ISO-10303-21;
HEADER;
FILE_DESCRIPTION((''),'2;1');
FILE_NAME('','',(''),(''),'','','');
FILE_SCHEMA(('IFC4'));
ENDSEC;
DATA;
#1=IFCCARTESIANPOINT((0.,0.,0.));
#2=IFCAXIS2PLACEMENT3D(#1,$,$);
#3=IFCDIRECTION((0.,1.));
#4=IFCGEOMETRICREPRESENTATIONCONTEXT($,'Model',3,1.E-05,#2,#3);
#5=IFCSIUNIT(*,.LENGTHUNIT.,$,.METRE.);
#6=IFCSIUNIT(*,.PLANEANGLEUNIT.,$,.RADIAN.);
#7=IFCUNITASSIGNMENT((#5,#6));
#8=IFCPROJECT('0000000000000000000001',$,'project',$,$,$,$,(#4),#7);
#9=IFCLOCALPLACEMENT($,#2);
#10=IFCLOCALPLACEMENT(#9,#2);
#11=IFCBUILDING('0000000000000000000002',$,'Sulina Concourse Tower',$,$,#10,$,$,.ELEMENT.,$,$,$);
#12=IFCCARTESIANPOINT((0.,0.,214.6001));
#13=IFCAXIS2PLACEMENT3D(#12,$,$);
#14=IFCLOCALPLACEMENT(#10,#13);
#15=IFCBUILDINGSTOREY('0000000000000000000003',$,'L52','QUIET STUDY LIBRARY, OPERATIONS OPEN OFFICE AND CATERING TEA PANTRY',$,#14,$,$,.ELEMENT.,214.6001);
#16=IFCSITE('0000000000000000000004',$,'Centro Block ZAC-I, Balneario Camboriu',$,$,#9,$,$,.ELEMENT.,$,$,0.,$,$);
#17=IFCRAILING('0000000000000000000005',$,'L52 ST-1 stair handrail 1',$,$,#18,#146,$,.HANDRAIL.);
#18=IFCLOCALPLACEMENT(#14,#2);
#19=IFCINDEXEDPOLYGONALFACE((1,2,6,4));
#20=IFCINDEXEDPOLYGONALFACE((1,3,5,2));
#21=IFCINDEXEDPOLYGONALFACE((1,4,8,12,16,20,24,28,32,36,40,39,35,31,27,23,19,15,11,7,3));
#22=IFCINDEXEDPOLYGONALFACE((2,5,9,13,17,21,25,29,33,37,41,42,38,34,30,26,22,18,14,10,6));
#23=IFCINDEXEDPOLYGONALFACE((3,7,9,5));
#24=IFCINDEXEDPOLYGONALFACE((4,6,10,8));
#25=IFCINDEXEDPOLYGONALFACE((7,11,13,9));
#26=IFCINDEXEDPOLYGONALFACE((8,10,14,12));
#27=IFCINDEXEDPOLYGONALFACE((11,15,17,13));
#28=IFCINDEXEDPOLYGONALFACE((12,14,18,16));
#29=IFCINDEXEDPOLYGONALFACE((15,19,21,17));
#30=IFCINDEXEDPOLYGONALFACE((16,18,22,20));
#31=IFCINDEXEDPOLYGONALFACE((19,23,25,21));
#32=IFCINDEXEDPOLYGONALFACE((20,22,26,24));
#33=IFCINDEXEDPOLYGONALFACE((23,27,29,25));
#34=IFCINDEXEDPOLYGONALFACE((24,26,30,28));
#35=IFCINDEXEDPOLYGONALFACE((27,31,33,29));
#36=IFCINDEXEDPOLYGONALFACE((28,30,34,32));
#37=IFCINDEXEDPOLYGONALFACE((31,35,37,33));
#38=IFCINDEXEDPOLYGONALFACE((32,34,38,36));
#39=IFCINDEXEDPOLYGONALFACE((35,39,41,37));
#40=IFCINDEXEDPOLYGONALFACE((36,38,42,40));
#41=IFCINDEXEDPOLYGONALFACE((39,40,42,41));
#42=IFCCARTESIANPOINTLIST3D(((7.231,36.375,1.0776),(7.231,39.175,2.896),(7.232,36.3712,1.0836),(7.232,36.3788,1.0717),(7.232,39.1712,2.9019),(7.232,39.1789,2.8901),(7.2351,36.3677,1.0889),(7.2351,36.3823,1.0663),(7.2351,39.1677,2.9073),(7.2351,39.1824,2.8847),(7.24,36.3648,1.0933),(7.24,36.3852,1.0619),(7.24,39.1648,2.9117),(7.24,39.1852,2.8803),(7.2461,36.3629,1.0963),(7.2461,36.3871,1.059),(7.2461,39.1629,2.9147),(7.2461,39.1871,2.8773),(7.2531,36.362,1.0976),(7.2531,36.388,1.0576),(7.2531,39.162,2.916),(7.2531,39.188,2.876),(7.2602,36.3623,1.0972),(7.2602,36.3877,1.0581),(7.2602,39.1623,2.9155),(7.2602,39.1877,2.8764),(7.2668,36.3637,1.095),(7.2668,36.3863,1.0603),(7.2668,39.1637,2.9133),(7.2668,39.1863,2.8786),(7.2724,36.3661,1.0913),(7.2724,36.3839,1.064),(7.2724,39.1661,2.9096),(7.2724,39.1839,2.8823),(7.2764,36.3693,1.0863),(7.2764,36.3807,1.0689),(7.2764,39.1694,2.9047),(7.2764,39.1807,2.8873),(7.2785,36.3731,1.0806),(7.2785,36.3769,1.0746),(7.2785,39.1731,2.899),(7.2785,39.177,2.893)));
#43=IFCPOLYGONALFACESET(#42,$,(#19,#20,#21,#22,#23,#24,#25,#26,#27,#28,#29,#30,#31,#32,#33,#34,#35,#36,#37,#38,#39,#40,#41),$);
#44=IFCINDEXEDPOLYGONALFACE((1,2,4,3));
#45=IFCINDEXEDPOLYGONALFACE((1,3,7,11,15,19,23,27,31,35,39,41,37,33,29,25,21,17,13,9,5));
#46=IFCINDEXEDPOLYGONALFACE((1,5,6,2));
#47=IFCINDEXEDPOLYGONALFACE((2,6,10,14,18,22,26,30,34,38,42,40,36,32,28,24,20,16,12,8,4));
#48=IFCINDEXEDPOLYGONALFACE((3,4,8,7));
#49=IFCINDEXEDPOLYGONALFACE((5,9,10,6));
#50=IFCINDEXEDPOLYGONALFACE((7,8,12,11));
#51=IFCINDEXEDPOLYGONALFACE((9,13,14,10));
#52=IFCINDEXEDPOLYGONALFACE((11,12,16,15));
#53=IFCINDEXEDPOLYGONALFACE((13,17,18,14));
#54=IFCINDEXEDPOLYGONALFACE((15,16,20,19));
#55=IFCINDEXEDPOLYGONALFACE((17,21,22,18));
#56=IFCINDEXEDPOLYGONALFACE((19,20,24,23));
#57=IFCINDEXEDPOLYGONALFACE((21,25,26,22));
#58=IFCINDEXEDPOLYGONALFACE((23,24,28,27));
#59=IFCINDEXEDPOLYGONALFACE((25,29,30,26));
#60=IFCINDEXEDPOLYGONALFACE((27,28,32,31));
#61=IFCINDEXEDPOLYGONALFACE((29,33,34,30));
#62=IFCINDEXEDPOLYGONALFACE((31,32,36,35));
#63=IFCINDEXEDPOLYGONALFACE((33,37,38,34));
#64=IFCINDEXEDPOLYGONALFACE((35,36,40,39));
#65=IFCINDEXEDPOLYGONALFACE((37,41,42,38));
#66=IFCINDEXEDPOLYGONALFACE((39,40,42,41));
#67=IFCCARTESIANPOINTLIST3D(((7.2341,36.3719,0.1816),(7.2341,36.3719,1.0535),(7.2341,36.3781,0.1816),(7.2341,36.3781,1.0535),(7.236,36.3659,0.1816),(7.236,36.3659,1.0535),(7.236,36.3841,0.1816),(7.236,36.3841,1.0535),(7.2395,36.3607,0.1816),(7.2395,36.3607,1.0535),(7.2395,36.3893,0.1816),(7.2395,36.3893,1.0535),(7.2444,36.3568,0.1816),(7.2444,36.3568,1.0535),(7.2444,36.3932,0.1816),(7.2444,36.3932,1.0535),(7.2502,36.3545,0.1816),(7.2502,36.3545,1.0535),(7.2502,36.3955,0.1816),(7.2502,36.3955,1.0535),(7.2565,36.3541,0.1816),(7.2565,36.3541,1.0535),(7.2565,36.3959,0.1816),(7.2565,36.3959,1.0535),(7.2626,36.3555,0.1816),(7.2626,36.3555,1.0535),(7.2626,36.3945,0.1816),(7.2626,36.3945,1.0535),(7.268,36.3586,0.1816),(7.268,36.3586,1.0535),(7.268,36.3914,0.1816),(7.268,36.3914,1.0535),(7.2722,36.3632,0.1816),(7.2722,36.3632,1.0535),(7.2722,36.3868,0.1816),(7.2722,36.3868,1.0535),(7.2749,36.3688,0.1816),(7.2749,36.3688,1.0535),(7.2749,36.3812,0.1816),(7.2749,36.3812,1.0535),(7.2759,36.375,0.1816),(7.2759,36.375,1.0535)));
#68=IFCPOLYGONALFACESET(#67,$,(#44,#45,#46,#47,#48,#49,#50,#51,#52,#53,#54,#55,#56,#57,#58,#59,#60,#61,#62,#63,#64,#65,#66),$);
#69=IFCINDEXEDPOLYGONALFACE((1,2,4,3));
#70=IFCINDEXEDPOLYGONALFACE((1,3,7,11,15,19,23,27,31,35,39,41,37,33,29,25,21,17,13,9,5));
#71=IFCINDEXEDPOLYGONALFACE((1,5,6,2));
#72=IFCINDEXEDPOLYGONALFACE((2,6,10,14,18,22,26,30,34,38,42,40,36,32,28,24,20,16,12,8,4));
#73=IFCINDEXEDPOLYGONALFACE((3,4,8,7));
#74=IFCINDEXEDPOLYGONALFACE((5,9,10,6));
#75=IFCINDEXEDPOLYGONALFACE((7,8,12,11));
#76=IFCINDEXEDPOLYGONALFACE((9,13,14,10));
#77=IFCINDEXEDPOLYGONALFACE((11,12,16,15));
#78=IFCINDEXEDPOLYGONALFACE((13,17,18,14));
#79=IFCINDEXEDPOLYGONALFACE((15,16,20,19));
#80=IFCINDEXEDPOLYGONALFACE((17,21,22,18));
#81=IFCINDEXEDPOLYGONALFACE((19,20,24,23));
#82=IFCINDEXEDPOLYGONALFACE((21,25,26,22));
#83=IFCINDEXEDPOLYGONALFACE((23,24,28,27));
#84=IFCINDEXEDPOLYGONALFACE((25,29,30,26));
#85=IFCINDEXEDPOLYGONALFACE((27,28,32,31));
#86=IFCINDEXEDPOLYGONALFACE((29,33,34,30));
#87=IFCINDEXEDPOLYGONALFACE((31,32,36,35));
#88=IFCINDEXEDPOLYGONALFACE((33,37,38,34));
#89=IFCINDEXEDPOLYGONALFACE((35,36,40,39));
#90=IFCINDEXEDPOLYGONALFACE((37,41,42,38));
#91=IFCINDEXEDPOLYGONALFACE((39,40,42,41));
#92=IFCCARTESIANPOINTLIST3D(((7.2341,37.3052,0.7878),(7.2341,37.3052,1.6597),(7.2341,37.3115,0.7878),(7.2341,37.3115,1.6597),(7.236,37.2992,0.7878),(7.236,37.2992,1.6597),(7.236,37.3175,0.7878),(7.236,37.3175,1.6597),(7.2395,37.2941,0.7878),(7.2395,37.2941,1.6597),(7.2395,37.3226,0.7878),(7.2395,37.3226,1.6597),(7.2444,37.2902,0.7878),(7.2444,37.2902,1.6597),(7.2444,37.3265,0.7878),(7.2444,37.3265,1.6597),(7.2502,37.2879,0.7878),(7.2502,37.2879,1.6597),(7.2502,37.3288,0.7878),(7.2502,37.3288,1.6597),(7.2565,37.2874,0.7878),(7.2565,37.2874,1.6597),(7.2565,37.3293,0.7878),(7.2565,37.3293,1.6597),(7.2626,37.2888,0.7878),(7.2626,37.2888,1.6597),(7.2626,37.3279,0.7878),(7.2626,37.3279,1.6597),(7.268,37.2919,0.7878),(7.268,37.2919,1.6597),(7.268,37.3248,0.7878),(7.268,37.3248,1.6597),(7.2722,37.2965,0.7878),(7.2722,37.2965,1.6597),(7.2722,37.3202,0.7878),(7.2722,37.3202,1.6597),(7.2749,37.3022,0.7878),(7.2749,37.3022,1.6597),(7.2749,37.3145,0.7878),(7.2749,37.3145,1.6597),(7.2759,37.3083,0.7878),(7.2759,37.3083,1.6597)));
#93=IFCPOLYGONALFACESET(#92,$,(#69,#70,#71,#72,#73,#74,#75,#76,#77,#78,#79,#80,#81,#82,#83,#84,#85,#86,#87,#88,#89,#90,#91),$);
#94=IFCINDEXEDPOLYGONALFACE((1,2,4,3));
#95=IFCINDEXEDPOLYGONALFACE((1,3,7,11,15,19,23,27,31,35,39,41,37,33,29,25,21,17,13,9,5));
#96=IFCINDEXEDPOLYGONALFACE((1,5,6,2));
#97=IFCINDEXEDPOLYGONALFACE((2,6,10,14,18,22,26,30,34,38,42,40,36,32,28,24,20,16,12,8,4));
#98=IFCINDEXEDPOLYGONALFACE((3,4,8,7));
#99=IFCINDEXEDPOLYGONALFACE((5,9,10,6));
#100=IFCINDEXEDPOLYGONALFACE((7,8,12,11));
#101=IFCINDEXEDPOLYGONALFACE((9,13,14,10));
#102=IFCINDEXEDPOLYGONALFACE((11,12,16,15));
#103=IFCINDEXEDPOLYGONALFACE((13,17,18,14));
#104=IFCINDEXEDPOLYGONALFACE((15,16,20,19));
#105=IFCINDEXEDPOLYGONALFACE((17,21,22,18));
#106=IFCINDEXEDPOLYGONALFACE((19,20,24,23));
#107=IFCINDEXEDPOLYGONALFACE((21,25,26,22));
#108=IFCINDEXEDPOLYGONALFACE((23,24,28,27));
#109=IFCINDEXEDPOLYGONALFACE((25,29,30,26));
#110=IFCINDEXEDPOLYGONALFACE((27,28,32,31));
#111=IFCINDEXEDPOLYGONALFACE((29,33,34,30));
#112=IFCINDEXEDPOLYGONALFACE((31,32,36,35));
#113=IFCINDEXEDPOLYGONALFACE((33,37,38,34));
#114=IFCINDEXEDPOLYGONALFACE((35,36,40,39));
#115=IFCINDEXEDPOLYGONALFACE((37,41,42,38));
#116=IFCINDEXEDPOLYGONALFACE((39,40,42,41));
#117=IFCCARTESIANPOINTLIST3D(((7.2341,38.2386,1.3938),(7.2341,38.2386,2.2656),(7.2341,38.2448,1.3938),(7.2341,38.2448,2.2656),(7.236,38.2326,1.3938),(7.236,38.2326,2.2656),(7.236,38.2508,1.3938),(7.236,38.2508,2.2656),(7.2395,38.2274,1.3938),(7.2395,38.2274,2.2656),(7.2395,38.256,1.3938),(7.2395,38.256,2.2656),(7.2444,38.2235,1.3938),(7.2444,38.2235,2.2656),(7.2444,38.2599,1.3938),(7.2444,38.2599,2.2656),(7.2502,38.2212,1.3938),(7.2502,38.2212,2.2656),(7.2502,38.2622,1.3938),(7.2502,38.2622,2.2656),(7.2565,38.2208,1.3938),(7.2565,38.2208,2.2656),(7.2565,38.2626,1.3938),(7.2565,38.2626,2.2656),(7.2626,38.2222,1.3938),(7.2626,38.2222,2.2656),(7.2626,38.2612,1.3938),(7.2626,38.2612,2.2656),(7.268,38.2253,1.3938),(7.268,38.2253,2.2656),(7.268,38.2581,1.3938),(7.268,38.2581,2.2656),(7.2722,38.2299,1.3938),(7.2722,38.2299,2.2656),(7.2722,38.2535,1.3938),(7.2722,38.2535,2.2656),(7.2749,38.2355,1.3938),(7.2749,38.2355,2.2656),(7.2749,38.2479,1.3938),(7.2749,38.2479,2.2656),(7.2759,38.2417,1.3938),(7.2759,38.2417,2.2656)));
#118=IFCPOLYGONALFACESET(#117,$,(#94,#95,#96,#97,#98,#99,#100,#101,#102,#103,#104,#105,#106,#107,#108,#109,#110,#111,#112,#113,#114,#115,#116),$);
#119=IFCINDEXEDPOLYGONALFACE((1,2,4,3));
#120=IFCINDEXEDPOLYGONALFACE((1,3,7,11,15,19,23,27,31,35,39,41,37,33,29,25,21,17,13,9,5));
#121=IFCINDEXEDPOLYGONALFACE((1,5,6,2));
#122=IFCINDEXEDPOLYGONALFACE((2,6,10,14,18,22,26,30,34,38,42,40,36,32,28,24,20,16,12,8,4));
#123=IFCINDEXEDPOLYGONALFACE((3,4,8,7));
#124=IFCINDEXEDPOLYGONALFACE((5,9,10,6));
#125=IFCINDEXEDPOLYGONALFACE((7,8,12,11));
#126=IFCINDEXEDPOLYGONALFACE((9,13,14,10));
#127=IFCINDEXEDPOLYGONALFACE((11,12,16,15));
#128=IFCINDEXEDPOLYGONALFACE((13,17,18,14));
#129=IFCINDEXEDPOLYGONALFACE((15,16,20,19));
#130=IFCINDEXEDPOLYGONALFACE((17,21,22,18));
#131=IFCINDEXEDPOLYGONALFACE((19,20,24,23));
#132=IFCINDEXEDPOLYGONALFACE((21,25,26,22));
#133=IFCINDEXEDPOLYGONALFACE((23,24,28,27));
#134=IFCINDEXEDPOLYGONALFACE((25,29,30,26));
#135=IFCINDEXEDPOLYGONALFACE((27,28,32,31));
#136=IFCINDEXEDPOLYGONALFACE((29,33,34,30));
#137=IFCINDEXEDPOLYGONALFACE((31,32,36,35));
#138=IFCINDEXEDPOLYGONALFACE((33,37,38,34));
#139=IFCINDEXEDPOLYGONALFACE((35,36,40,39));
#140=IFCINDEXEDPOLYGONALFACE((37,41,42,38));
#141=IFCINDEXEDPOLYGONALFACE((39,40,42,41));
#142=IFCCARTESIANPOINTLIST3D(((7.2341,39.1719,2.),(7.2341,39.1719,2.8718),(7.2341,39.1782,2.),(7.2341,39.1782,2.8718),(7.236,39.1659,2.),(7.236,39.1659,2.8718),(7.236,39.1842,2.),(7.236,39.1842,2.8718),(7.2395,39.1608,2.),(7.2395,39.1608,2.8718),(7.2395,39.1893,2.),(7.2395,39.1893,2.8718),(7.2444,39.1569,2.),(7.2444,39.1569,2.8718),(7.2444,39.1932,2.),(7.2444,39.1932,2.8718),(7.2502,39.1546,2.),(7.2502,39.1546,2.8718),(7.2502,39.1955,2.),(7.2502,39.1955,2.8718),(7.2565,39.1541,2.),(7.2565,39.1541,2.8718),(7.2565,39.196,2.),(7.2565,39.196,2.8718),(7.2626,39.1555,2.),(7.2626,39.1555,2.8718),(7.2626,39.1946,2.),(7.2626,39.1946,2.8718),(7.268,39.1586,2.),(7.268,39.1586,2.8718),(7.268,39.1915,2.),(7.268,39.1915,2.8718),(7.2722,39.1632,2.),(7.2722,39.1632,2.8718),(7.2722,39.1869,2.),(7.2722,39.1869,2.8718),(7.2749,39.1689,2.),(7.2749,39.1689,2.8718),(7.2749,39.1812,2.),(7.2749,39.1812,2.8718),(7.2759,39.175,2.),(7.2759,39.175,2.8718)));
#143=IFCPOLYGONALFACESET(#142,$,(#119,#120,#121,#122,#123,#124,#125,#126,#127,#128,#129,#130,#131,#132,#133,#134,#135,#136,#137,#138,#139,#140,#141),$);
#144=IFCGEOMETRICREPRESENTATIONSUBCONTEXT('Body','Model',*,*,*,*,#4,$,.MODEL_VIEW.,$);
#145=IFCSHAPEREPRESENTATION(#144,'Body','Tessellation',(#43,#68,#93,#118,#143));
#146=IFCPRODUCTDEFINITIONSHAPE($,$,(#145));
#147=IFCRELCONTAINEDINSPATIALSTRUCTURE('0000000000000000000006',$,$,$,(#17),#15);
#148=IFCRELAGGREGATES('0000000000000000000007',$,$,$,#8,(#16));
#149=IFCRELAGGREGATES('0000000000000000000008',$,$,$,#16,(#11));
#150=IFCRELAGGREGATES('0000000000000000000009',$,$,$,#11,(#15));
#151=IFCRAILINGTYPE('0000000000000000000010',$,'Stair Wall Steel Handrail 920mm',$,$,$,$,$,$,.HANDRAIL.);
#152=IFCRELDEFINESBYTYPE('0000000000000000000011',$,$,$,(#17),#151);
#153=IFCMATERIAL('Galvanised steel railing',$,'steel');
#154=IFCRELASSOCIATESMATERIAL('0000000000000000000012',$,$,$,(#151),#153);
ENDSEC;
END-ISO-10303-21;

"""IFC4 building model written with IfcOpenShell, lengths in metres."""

from ifc_helpers import new_model, si_unit, direction, frame, origin, origin_2d, place, context, subcontext, project, spatial, circle, extrude, material, type_object, element, save


model = new_model("IFC4")

# Units and contexts
model_context = context("Model", 3, precision=1e-05, world=origin(), true_north=direction((0.0, 1.0)))
body_context = subcontext(model_context, "Body", "Model", "MODEL_VIEW")
ifc_project = project(units=[si_unit("LENGTHUNIT", "METRE"), si_unit("PLANEANGLEUNIT", "RADIAN")], contexts=[model_context])

# Site, building, storey
site_placement = place(None, origin())
site = spatial("IfcSite", under=ifc_project, at=site_placement, Name="Centro Block ZAC-I, Balneario Camboriu", CompositionType="ELEMENT", RefElevation=0.0)
building_placement = place(site_placement, origin())
building = spatial("IfcBuilding", under=site, at=building_placement, Name="Sulina Concourse Tower", CompositionType="ELEMENT")
storey_placement = place(building_placement, frame((0.0, 0.0, 214.6001)))
storey = spatial("IfcBuildingStorey", under=building, at=storey_placement, Name="L52", Description="QUIET STUDY LIBRARY, OPERATIONS OPEN OFFICE AND CATERING TEA PANTRY", CompositionType="ELEMENT", Elevation=214.6001)

# Railing
ifc_material_1 = material(Name="Galvanised steel railing", Category="steel")
railing_type_1 = type_object("IfcRailingType", Name="Stair Wall Steel Handrail 920mm", PredefinedType="HANDRAIL", material=ifc_material_1)
railing_1_placement = place(storey_placement, frame((7.2549, 36.375, 0.1816)))
element("IfcRailing", 1, at=railing_1_placement, inside=storey, type_object=railing_type_1, Name="L52 ST-1 stair handrail 1", PredefinedType="HANDRAIL", context=body_context, shape_type="SweptSolid", body=[
    extrude(circle(Radius=0.0239, at=origin_2d()), frame((0.0, 0.0, 0.896), z_axis=(0.0, 0.838672, 0.544636), x_axis=(-1.0, 0.0, 0.0)), (0.0, 0.0, 1.0), 3.3386),
    extrude(circle(Radius=0.021, at=origin_2d()), origin(), (0.0, 0.0, 1.0), 0.8718),
    extrude(circle(Radius=0.021, at=origin_2d()), frame((0.0, 0.9333, 0.6062)), (0.0, 0.0, 1.0), 0.8718),
    extrude(circle(Radius=0.021, at=origin_2d()), frame((0.0, 1.8667, 1.2122)), (0.0, 0.0, 1.0), 0.8718),
    extrude(circle(Radius=0.021, at=origin_2d()), frame((0.0, 2.8, 1.8184)), (0.0, 0.0, 1.0), 0.8718),
])

save(model, "model.ifc")
